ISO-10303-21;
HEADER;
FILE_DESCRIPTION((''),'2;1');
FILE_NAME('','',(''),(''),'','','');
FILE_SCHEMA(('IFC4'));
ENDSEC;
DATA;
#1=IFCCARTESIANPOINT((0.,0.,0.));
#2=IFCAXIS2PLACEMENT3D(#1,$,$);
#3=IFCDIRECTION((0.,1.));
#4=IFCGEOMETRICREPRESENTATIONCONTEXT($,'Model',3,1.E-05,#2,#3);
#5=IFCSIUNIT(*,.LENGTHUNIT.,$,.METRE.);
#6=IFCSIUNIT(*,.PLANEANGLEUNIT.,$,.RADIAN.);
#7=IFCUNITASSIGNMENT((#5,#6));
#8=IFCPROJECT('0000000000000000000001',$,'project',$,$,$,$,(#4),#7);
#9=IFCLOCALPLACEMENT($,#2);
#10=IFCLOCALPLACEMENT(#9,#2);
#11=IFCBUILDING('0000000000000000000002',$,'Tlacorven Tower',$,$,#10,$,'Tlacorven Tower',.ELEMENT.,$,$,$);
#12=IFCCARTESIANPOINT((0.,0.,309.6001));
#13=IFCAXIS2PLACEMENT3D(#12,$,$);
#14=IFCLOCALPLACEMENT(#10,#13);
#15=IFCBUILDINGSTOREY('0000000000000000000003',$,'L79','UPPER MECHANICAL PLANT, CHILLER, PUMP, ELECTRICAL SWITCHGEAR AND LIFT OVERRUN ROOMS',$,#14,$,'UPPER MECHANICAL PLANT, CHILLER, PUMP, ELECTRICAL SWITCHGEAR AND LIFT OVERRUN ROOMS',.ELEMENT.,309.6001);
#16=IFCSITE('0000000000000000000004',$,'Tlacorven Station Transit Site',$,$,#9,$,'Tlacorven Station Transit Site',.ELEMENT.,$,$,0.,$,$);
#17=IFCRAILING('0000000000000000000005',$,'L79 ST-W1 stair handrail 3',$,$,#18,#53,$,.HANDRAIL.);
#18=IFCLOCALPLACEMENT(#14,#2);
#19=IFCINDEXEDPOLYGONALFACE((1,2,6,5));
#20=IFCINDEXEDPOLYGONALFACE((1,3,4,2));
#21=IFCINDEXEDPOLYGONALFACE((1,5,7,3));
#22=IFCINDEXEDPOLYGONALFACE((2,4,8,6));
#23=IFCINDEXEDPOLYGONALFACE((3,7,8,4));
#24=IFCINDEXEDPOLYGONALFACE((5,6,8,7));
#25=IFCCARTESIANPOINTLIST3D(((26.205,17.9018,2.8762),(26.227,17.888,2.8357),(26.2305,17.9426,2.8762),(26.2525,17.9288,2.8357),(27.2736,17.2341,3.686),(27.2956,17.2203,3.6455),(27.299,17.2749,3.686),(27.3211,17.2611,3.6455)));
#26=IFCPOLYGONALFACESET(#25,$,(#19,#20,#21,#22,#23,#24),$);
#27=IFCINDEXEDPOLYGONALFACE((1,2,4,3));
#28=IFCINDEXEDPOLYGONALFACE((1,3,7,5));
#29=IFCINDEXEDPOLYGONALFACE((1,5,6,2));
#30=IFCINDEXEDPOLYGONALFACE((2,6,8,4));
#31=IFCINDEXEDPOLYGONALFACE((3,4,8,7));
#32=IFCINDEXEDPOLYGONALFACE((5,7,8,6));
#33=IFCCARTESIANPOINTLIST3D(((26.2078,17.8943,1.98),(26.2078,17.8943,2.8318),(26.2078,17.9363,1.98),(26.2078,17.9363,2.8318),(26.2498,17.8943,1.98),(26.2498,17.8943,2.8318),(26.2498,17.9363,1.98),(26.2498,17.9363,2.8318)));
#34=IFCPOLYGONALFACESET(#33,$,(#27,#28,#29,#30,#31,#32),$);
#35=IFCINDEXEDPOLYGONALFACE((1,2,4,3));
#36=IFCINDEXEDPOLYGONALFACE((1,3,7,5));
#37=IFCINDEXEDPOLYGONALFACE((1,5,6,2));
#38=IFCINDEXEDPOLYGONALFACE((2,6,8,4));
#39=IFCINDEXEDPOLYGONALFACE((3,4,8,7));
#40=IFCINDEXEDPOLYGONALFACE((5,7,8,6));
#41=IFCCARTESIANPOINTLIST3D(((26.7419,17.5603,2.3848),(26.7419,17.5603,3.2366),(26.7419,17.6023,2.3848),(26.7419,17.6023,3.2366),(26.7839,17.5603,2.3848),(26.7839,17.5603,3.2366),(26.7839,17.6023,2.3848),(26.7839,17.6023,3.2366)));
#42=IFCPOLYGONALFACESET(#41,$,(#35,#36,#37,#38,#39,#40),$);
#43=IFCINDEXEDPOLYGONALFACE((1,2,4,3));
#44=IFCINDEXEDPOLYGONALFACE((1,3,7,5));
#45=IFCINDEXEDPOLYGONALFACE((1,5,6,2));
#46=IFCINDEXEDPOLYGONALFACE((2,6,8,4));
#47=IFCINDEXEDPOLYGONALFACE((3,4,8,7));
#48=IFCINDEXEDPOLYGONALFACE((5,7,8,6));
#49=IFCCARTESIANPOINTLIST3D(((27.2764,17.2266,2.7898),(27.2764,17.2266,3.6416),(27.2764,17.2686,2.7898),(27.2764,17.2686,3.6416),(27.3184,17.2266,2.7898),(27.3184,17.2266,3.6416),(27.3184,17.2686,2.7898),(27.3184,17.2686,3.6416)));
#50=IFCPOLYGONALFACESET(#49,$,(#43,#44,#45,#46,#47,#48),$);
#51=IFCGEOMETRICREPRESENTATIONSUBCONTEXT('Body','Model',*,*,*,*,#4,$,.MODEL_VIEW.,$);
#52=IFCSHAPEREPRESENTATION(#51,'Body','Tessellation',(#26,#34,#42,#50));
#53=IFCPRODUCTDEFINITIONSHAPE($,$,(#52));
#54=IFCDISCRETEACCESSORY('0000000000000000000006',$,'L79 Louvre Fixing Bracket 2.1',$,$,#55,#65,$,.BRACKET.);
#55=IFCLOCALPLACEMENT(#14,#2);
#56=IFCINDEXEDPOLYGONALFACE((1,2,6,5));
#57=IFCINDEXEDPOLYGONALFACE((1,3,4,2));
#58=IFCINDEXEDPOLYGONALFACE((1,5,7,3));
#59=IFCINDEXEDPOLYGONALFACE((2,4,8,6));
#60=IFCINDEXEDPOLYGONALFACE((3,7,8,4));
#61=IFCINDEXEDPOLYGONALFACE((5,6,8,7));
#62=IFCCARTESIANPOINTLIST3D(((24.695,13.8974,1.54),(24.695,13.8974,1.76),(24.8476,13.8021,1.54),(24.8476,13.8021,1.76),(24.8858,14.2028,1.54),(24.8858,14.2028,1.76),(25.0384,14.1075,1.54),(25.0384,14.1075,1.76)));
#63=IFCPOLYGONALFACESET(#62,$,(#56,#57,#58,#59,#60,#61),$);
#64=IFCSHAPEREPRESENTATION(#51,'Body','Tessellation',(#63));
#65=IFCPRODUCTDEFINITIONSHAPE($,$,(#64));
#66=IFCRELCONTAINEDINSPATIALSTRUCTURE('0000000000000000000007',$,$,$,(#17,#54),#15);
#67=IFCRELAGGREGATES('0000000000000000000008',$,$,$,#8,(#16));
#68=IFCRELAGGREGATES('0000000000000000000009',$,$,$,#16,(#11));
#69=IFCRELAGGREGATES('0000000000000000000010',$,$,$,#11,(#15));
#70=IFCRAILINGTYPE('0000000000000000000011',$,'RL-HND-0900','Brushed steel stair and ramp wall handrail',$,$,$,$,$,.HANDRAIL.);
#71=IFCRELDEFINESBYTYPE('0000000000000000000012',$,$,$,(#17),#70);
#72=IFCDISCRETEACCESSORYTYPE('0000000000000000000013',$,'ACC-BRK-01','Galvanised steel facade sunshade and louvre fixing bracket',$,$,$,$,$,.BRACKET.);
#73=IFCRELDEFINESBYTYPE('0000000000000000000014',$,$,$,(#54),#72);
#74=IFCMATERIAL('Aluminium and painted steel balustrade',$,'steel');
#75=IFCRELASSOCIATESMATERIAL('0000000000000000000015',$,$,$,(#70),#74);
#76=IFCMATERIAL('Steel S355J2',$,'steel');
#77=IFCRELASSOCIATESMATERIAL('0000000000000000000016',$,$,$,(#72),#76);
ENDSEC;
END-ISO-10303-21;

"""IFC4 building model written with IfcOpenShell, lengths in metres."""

from ifc_helpers import new_model, si_unit, direction, frame, origin, origin_2d, place, context, subcontext, project, spatial, rectangle, extrude, source, transform, mapped, material, type_object, element, save


model = new_model("IFC4")

# Units and contexts
model_context = context("Model", 3, precision=1e-05, world=origin(), true_north=direction((0.0, 1.0)))
body_context = subcontext(model_context, "Body", "Model", "MODEL_VIEW")
ifc_project = project(units=[si_unit("LENGTHUNIT", "METRE"), si_unit("PLANEANGLEUNIT", "RADIAN")], contexts=[model_context])

# Site, building, storey
site_placement = place(None, origin())
site = spatial("IfcSite", under=ifc_project, at=site_placement, Name="Tlacorven Station Transit Site", LongName="Tlacorven Station Transit Site", CompositionType="ELEMENT", RefElevation=0.0)
building_placement = place(site_placement, origin())
building = spatial("IfcBuilding", under=site, at=building_placement, Name="Tlacorven Tower", LongName="Tlacorven Tower", CompositionType="ELEMENT")
storey_placement = place(building_placement, frame((0.0, 0.0, 309.6001)))
storey = spatial("IfcBuildingStorey", under=building, at=storey_placement, Name="L79", Description="UPPER MECHANICAL PLANT, CHILLER, PUMP, ELECTRICAL SWITCHGEAR AND LIFT OVERRUN ROOMS", LongName="UPPER MECHANICAL PLANT, CHILLER, PUMP, ELECTRICAL SWITCHGEAR AND LIFT OVERRUN ROOMS", CompositionType="ELEMENT", Elevation=309.6001)

# Shared definitions
ifc_material_1 = material(Name="Steel S355J2", Category="steel")

# Railing
ifc_material_2 = material(Name="Aluminium and painted steel balustrade", Category="steel")
railing_type_1 = type_object("IfcRailingType", Name="RL-HND-0900", Description="Brushed steel stair and ramp wall handrail", PredefinedType="HANDRAIL", material=ifc_material_2)
shared_shape_1 = source(origin(), body_context, "Body", "SweptSolid", [
    extrude(rectangle(XDim=0.0481, YDim=0.0481, at=origin_2d()), frame((0.0, 0.0, 0.876), z_axis=(0.713423, -0.445787, 0.540649), x_axis=(0.529912, 0.848053, 0.0)), (0.0, 0.0, 1.0), 1.4978),
    extrude(rectangle(XDim=0.042, YDim=0.042, at=origin_2d()), origin(), (0.0, 0.0, 1.0), 0.8518),
    extrude(rectangle(XDim=0.042, YDim=0.042, at=origin_2d()), frame((0.5342, -0.334, 0.4048)), (0.0, 0.0, 1.0), 0.8518),
    extrude(rectangle(XDim=0.042, YDim=0.042, at=origin_2d()), frame((1.0686, -0.6677, 0.8098)), (0.0, 0.0, 1.0), 0.8518),
])
railing_1_placement = place(storey_placement, frame((26.2288, 17.9153, 1.98)))
element("IfcRailing", 1, at=railing_1_placement, inside=storey, type_object=railing_type_1, Name="L79 ST-W1 stair handrail 3", PredefinedType="HANDRAIL", context=body_context, shape_type="MappedRepresentation", body=[
    mapped(shared_shape_1, transform((0.0, 0.0, 0.0), scale=1.0)),
])

# Discrete accessory
discrete_accessory_type = type_object("IfcDiscreteAccessoryType", Name="ACC-BRK-01", Description="Galvanised steel facade sunshade and louvre fixing bracket", PredefinedType="BRACKET", material=ifc_material_1)
shared_shape_2 = source(origin(), body_context, "Body", "SweptSolid", [
    extrude(rectangle(XDim=0.1799, YDim=0.3601, at=origin_2d()), origin(), (0.0, 0.0, 1.0), 0.22),
])
discrete_accessory_placement = place(storey_placement, frame((24.8667, 14.0024, 1.54), z_axis=(0.0, 0.0, 1.0), x_axis=(-0.848048, 0.529919, 0.0)))
element("IfcDiscreteAccessory", 2, at=discrete_accessory_placement, inside=storey, type_object=discrete_accessory_type, Name="L79 Louvre Fixing Bracket 2.1", PredefinedType="BRACKET", context=body_context, shape_type="MappedRepresentation", body=[
    mapped(shared_shape_2, transform((0.0, 0.0, 0.0), scale=1.0)),
])

save(model, "model.ifc")
